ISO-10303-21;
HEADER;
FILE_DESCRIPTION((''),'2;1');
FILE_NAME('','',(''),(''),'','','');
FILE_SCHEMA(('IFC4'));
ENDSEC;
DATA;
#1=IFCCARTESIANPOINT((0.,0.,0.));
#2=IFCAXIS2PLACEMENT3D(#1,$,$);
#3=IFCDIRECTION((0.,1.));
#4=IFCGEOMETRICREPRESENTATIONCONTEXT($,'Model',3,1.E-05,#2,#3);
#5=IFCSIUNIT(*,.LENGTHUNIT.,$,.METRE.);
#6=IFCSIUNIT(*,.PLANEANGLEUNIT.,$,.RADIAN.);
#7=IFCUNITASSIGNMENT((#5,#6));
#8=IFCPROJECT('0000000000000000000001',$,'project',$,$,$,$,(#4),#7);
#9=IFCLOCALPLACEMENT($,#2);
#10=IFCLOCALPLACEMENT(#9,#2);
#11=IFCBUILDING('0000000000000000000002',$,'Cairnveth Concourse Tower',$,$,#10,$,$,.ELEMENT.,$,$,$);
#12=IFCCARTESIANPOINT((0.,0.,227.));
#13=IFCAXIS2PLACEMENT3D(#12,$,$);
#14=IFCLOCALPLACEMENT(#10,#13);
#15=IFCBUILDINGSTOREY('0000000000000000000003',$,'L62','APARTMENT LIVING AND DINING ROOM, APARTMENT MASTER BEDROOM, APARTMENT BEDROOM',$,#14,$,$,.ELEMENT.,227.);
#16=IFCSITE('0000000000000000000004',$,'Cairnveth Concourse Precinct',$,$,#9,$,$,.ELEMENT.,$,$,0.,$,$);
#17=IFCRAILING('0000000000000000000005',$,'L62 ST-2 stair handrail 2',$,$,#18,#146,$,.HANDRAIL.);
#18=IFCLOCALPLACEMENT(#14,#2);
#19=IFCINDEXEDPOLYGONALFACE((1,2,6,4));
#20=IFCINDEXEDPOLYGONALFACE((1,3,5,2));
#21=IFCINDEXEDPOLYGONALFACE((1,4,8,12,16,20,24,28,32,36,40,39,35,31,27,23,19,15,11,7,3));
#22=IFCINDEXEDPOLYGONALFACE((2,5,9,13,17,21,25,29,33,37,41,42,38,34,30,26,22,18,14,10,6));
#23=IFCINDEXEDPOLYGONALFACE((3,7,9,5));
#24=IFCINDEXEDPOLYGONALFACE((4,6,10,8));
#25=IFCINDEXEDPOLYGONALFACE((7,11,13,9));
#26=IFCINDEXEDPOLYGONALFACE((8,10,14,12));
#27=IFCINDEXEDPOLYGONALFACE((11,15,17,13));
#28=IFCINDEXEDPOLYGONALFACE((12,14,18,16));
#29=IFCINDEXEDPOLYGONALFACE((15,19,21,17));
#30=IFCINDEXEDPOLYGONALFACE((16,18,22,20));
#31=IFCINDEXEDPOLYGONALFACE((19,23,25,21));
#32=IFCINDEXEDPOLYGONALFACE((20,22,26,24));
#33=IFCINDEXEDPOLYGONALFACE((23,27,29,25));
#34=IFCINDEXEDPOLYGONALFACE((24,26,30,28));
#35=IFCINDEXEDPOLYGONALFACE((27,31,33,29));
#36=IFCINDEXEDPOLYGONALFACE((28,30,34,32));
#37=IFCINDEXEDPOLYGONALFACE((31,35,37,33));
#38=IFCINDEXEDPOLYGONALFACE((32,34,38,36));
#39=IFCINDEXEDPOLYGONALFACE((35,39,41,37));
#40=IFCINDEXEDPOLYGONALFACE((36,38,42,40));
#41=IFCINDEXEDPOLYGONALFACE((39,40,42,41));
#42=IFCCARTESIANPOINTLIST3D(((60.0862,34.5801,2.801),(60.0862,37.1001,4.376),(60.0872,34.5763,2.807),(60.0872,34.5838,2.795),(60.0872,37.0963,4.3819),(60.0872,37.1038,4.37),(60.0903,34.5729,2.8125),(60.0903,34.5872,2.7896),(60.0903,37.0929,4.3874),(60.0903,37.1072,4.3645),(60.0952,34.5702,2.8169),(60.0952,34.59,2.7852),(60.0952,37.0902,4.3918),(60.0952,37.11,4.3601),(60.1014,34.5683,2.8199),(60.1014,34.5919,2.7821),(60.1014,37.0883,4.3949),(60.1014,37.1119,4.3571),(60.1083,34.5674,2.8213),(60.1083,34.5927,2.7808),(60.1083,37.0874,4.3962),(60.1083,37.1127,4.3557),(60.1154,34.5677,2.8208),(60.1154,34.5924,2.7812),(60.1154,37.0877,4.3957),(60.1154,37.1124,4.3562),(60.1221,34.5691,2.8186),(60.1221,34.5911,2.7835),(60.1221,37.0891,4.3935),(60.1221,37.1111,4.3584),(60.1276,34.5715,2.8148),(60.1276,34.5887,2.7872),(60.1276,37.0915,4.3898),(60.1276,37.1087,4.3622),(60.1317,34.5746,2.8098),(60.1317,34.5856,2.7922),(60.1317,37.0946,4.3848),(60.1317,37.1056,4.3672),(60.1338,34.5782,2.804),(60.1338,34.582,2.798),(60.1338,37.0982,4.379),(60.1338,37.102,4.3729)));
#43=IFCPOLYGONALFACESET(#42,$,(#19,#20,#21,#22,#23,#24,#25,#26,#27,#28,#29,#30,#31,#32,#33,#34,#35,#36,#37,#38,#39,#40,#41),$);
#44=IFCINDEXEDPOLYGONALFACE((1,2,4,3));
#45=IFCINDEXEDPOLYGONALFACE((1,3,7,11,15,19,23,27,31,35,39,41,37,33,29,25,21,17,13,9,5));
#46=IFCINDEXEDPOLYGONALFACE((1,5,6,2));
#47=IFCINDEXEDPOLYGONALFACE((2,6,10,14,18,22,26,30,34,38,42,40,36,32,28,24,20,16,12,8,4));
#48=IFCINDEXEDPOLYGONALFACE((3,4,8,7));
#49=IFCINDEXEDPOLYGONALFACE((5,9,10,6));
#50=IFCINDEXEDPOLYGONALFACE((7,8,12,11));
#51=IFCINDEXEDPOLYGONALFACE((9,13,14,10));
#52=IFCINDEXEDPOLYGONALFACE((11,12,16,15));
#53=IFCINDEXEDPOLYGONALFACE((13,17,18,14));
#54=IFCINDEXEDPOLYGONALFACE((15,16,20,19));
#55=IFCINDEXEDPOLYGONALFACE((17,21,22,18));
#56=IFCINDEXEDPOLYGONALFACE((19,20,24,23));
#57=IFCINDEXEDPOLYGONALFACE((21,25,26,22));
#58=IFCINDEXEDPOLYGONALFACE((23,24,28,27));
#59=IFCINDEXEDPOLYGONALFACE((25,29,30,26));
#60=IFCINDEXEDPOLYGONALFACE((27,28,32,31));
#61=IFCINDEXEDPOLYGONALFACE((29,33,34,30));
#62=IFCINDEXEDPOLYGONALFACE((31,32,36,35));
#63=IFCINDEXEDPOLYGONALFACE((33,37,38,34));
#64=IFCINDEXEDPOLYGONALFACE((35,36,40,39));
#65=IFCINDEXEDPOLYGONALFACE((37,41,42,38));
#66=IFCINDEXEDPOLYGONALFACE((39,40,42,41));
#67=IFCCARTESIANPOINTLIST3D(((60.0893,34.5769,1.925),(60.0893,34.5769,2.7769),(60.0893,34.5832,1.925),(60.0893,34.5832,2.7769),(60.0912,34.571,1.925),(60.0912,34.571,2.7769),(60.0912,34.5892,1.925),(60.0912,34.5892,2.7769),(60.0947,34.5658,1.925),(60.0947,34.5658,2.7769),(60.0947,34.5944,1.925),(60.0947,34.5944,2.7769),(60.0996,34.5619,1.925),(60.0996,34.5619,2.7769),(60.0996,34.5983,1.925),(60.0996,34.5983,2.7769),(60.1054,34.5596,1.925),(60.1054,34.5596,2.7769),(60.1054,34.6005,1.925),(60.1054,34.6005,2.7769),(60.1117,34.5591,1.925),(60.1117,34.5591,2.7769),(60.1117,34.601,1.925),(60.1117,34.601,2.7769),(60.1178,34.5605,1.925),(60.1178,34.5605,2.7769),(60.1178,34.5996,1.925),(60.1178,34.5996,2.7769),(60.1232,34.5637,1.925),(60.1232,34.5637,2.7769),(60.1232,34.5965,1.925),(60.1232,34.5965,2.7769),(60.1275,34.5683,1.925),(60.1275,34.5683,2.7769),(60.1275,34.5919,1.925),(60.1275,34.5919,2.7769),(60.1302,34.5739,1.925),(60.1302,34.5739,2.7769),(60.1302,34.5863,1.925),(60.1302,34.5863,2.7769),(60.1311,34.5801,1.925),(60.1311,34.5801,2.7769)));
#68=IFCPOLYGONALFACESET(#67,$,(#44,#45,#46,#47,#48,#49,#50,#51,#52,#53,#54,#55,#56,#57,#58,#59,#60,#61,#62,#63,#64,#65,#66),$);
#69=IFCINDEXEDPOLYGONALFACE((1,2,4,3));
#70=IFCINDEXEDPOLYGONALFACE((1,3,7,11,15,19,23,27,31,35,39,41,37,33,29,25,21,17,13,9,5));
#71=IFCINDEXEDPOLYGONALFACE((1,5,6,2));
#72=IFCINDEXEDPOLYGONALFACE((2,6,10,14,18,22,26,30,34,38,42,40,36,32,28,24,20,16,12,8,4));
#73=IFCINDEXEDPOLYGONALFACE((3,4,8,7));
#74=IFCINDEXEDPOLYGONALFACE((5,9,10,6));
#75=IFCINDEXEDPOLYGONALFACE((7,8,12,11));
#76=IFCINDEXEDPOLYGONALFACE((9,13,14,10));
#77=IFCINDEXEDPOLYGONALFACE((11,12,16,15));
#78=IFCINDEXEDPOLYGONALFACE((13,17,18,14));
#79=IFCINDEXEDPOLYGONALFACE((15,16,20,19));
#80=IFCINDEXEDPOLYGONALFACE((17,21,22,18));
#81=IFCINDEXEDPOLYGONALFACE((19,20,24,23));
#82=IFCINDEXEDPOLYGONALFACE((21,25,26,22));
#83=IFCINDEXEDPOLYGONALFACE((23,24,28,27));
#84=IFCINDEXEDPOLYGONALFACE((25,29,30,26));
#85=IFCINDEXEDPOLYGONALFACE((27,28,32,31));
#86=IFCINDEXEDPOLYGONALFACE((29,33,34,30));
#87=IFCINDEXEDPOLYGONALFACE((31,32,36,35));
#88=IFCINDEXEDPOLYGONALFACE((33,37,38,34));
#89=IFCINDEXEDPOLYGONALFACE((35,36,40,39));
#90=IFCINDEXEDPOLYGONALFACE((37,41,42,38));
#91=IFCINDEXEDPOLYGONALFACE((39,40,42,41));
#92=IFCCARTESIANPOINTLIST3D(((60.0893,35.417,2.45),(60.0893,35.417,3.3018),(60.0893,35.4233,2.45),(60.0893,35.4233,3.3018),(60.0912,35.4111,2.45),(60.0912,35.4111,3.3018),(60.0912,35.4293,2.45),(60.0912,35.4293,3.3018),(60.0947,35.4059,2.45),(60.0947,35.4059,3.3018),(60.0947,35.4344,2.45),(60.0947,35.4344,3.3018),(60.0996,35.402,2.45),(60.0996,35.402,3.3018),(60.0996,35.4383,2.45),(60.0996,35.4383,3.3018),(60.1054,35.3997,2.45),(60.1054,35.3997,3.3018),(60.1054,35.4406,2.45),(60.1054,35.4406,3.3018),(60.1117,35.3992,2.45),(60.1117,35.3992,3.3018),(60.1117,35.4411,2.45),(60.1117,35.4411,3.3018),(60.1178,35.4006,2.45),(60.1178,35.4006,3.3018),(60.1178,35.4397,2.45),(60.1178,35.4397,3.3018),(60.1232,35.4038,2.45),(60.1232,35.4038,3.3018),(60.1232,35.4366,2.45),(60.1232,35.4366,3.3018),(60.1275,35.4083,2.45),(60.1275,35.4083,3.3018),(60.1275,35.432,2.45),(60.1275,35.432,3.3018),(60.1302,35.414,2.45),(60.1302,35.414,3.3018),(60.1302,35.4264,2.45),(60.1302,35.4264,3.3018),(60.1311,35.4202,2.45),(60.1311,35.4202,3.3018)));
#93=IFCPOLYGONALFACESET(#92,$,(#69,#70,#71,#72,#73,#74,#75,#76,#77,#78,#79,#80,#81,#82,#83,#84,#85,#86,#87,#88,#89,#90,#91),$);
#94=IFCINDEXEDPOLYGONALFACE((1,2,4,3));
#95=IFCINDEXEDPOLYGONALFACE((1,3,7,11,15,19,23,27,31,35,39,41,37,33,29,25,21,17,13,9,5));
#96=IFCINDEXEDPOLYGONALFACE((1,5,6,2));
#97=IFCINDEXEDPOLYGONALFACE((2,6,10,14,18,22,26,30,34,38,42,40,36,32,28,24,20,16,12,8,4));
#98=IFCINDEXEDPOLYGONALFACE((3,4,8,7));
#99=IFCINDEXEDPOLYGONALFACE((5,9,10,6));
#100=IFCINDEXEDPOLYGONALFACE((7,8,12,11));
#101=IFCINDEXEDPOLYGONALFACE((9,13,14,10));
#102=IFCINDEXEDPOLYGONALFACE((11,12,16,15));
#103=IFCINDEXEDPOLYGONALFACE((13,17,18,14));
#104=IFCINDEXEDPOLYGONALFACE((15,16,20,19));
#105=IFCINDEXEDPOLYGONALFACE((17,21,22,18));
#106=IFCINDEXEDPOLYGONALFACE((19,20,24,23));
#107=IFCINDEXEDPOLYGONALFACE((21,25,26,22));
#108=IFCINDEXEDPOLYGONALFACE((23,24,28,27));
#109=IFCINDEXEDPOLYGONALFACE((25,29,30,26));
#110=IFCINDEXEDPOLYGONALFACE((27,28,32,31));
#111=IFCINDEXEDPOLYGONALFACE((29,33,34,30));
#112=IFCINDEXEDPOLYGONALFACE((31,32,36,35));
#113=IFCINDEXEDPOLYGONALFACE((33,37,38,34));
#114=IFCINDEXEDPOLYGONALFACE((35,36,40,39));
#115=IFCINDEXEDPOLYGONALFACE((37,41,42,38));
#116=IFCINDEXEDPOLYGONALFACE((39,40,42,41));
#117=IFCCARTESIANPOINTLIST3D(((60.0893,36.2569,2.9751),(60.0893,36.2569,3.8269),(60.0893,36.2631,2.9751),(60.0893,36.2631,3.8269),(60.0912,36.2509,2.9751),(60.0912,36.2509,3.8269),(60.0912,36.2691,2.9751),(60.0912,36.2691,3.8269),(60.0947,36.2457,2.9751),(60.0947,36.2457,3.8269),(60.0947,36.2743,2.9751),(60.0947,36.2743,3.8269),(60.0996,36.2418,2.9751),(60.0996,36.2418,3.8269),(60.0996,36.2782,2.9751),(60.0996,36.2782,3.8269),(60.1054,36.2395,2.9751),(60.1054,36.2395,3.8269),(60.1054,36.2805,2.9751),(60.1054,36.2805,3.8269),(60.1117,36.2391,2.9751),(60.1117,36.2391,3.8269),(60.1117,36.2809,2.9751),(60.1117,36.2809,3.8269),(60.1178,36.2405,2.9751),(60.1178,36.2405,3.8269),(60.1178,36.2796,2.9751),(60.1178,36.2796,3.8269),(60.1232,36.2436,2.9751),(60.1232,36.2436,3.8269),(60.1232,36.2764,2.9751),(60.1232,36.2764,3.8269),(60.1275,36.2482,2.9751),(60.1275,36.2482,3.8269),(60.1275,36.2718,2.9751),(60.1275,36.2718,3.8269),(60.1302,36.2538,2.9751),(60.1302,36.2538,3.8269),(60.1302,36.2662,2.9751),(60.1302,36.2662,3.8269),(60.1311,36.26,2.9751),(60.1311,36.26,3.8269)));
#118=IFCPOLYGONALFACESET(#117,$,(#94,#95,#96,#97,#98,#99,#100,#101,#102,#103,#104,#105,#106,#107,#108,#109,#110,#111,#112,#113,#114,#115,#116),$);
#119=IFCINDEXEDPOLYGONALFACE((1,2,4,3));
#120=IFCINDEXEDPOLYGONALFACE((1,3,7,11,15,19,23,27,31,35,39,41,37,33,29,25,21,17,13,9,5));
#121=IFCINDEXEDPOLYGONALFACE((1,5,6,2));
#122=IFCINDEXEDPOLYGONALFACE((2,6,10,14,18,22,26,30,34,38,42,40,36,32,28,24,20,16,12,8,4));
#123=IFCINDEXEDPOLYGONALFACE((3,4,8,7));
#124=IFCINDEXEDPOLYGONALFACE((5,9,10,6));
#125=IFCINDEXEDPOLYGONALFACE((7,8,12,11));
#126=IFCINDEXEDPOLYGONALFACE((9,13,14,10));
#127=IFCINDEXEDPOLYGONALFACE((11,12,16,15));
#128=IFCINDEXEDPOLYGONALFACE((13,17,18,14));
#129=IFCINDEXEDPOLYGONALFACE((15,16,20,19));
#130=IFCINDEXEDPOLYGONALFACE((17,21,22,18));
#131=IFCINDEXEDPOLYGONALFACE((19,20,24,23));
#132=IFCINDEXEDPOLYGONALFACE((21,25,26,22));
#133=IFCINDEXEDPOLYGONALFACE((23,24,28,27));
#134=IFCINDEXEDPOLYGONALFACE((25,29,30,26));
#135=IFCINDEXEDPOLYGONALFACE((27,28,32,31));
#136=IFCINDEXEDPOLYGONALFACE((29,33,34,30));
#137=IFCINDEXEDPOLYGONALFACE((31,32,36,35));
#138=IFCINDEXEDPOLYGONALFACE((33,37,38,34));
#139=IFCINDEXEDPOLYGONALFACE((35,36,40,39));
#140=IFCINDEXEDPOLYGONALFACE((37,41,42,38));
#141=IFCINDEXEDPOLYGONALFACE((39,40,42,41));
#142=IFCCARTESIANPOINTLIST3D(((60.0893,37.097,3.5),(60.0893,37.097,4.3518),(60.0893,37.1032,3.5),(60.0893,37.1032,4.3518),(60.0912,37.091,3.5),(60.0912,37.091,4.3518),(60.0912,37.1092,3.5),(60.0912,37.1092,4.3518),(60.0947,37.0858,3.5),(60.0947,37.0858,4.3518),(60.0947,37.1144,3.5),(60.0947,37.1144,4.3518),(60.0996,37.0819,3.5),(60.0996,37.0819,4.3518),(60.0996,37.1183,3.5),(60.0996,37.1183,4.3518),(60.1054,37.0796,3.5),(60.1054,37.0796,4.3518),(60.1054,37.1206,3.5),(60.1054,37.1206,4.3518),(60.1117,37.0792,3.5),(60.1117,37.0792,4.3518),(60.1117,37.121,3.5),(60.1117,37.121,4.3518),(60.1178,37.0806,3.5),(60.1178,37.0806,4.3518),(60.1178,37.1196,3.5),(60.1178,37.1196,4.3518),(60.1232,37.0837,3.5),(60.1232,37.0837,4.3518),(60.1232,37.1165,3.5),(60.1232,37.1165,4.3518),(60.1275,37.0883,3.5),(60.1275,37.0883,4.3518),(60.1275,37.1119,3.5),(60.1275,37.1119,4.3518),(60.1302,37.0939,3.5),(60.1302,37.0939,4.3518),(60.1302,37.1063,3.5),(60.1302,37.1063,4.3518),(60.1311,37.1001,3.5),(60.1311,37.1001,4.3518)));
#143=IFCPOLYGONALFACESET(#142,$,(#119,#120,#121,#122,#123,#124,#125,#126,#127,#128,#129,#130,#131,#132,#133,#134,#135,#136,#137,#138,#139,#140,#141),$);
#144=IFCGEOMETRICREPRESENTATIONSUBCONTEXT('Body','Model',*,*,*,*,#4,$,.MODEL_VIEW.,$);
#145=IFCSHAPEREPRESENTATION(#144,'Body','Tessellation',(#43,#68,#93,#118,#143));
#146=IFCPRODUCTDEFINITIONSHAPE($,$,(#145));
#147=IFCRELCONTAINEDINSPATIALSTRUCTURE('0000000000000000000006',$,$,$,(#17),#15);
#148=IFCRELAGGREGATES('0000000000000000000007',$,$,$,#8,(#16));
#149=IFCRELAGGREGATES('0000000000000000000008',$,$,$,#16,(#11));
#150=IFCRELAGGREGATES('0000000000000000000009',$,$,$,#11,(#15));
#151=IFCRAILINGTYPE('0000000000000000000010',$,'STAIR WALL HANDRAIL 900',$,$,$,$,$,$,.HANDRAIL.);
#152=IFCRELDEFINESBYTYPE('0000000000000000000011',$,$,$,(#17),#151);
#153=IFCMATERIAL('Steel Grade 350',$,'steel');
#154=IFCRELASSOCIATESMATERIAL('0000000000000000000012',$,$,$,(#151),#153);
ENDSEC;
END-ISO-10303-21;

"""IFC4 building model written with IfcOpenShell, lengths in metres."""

from ifc_helpers import new_model, si_unit, direction, frame, origin, origin_2d, place, context, subcontext, project, spatial, circle, extrude, material, type_object, element, save


model = new_model("IFC4")

# Units and contexts
model_context = context("Model", 3, precision=1e-05, world=origin(), true_north=direction((0.0, 1.0)))
body_context = subcontext(model_context, "Body", "Model", "MODEL_VIEW")
ifc_project = project(units=[si_unit("LENGTHUNIT", "METRE"), si_unit("PLANEANGLEUNIT", "RADIAN")], contexts=[model_context])

# Site, building, storey
site_placement = place(None, origin())
site = spatial("IfcSite", under=ifc_project, at=site_placement, Name="Cairnveth Concourse Precinct", CompositionType="ELEMENT", RefElevation=0.0)
building_placement = place(site_placement, origin())
building = spatial("IfcBuilding", under=site, at=building_placement, Name="Cairnveth Concourse Tower", CompositionType="ELEMENT")
storey_placement = place(building_placement, frame((0.0, 0.0, 227.0)))
storey = spatial("IfcBuildingStorey", under=building, at=storey_placement, Name="L62", Description="APARTMENT LIVING AND DINING ROOM, APARTMENT MASTER BEDROOM, APARTMENT BEDROOM", CompositionType="ELEMENT", Elevation=227.0)

# Shared definitions
ifc_material_1 = material(Name="Steel Grade 350", Category="steel")

# Railing
railing_type_1 = type_object("IfcRailingType", Name="STAIR WALL HANDRAIL 900", PredefinedType="HANDRAIL", material=ifc_material_1)
railing_1_placement = place(storey_placement, frame((60.1101, 34.5801, 1.925)))
element("IfcRailing", 1, at=railing_1_placement, inside=storey, type_object=railing_type_1, Name="L62 ST-2 stair handrail 2", PredefinedType="HANDRAIL", context=body_context, shape_type="SweptSolid", body=[
    extrude(circle(Radius=0.0239, at=origin_2d()), frame((0.0, 0.0, 0.876), z_axis=(0.0, 0.848008, 0.529984), x_axis=(-1.0, 0.0, 0.0)), (0.0, 0.0, 1.0), 2.9717),
    extrude(circle(Radius=0.021, at=origin_2d()), origin(), (0.0, 0.0, 1.0), 0.8518),
    extrude(circle(Radius=0.021, at=origin_2d()), frame((0.0, 0.8401, 0.5249)), (0.0, 0.0, 1.0), 0.8518),
    extrude(circle(Radius=0.021, at=origin_2d()), frame((0.0, 1.6799, 1.05)), (0.0, 0.0, 1.0), 0.8518),
    extrude(circle(Radius=0.021, at=origin_2d()), frame((0.0, 2.52, 1.575)), (0.0, 0.0, 1.0), 0.8518),
])

save(model, "model.ifc")
